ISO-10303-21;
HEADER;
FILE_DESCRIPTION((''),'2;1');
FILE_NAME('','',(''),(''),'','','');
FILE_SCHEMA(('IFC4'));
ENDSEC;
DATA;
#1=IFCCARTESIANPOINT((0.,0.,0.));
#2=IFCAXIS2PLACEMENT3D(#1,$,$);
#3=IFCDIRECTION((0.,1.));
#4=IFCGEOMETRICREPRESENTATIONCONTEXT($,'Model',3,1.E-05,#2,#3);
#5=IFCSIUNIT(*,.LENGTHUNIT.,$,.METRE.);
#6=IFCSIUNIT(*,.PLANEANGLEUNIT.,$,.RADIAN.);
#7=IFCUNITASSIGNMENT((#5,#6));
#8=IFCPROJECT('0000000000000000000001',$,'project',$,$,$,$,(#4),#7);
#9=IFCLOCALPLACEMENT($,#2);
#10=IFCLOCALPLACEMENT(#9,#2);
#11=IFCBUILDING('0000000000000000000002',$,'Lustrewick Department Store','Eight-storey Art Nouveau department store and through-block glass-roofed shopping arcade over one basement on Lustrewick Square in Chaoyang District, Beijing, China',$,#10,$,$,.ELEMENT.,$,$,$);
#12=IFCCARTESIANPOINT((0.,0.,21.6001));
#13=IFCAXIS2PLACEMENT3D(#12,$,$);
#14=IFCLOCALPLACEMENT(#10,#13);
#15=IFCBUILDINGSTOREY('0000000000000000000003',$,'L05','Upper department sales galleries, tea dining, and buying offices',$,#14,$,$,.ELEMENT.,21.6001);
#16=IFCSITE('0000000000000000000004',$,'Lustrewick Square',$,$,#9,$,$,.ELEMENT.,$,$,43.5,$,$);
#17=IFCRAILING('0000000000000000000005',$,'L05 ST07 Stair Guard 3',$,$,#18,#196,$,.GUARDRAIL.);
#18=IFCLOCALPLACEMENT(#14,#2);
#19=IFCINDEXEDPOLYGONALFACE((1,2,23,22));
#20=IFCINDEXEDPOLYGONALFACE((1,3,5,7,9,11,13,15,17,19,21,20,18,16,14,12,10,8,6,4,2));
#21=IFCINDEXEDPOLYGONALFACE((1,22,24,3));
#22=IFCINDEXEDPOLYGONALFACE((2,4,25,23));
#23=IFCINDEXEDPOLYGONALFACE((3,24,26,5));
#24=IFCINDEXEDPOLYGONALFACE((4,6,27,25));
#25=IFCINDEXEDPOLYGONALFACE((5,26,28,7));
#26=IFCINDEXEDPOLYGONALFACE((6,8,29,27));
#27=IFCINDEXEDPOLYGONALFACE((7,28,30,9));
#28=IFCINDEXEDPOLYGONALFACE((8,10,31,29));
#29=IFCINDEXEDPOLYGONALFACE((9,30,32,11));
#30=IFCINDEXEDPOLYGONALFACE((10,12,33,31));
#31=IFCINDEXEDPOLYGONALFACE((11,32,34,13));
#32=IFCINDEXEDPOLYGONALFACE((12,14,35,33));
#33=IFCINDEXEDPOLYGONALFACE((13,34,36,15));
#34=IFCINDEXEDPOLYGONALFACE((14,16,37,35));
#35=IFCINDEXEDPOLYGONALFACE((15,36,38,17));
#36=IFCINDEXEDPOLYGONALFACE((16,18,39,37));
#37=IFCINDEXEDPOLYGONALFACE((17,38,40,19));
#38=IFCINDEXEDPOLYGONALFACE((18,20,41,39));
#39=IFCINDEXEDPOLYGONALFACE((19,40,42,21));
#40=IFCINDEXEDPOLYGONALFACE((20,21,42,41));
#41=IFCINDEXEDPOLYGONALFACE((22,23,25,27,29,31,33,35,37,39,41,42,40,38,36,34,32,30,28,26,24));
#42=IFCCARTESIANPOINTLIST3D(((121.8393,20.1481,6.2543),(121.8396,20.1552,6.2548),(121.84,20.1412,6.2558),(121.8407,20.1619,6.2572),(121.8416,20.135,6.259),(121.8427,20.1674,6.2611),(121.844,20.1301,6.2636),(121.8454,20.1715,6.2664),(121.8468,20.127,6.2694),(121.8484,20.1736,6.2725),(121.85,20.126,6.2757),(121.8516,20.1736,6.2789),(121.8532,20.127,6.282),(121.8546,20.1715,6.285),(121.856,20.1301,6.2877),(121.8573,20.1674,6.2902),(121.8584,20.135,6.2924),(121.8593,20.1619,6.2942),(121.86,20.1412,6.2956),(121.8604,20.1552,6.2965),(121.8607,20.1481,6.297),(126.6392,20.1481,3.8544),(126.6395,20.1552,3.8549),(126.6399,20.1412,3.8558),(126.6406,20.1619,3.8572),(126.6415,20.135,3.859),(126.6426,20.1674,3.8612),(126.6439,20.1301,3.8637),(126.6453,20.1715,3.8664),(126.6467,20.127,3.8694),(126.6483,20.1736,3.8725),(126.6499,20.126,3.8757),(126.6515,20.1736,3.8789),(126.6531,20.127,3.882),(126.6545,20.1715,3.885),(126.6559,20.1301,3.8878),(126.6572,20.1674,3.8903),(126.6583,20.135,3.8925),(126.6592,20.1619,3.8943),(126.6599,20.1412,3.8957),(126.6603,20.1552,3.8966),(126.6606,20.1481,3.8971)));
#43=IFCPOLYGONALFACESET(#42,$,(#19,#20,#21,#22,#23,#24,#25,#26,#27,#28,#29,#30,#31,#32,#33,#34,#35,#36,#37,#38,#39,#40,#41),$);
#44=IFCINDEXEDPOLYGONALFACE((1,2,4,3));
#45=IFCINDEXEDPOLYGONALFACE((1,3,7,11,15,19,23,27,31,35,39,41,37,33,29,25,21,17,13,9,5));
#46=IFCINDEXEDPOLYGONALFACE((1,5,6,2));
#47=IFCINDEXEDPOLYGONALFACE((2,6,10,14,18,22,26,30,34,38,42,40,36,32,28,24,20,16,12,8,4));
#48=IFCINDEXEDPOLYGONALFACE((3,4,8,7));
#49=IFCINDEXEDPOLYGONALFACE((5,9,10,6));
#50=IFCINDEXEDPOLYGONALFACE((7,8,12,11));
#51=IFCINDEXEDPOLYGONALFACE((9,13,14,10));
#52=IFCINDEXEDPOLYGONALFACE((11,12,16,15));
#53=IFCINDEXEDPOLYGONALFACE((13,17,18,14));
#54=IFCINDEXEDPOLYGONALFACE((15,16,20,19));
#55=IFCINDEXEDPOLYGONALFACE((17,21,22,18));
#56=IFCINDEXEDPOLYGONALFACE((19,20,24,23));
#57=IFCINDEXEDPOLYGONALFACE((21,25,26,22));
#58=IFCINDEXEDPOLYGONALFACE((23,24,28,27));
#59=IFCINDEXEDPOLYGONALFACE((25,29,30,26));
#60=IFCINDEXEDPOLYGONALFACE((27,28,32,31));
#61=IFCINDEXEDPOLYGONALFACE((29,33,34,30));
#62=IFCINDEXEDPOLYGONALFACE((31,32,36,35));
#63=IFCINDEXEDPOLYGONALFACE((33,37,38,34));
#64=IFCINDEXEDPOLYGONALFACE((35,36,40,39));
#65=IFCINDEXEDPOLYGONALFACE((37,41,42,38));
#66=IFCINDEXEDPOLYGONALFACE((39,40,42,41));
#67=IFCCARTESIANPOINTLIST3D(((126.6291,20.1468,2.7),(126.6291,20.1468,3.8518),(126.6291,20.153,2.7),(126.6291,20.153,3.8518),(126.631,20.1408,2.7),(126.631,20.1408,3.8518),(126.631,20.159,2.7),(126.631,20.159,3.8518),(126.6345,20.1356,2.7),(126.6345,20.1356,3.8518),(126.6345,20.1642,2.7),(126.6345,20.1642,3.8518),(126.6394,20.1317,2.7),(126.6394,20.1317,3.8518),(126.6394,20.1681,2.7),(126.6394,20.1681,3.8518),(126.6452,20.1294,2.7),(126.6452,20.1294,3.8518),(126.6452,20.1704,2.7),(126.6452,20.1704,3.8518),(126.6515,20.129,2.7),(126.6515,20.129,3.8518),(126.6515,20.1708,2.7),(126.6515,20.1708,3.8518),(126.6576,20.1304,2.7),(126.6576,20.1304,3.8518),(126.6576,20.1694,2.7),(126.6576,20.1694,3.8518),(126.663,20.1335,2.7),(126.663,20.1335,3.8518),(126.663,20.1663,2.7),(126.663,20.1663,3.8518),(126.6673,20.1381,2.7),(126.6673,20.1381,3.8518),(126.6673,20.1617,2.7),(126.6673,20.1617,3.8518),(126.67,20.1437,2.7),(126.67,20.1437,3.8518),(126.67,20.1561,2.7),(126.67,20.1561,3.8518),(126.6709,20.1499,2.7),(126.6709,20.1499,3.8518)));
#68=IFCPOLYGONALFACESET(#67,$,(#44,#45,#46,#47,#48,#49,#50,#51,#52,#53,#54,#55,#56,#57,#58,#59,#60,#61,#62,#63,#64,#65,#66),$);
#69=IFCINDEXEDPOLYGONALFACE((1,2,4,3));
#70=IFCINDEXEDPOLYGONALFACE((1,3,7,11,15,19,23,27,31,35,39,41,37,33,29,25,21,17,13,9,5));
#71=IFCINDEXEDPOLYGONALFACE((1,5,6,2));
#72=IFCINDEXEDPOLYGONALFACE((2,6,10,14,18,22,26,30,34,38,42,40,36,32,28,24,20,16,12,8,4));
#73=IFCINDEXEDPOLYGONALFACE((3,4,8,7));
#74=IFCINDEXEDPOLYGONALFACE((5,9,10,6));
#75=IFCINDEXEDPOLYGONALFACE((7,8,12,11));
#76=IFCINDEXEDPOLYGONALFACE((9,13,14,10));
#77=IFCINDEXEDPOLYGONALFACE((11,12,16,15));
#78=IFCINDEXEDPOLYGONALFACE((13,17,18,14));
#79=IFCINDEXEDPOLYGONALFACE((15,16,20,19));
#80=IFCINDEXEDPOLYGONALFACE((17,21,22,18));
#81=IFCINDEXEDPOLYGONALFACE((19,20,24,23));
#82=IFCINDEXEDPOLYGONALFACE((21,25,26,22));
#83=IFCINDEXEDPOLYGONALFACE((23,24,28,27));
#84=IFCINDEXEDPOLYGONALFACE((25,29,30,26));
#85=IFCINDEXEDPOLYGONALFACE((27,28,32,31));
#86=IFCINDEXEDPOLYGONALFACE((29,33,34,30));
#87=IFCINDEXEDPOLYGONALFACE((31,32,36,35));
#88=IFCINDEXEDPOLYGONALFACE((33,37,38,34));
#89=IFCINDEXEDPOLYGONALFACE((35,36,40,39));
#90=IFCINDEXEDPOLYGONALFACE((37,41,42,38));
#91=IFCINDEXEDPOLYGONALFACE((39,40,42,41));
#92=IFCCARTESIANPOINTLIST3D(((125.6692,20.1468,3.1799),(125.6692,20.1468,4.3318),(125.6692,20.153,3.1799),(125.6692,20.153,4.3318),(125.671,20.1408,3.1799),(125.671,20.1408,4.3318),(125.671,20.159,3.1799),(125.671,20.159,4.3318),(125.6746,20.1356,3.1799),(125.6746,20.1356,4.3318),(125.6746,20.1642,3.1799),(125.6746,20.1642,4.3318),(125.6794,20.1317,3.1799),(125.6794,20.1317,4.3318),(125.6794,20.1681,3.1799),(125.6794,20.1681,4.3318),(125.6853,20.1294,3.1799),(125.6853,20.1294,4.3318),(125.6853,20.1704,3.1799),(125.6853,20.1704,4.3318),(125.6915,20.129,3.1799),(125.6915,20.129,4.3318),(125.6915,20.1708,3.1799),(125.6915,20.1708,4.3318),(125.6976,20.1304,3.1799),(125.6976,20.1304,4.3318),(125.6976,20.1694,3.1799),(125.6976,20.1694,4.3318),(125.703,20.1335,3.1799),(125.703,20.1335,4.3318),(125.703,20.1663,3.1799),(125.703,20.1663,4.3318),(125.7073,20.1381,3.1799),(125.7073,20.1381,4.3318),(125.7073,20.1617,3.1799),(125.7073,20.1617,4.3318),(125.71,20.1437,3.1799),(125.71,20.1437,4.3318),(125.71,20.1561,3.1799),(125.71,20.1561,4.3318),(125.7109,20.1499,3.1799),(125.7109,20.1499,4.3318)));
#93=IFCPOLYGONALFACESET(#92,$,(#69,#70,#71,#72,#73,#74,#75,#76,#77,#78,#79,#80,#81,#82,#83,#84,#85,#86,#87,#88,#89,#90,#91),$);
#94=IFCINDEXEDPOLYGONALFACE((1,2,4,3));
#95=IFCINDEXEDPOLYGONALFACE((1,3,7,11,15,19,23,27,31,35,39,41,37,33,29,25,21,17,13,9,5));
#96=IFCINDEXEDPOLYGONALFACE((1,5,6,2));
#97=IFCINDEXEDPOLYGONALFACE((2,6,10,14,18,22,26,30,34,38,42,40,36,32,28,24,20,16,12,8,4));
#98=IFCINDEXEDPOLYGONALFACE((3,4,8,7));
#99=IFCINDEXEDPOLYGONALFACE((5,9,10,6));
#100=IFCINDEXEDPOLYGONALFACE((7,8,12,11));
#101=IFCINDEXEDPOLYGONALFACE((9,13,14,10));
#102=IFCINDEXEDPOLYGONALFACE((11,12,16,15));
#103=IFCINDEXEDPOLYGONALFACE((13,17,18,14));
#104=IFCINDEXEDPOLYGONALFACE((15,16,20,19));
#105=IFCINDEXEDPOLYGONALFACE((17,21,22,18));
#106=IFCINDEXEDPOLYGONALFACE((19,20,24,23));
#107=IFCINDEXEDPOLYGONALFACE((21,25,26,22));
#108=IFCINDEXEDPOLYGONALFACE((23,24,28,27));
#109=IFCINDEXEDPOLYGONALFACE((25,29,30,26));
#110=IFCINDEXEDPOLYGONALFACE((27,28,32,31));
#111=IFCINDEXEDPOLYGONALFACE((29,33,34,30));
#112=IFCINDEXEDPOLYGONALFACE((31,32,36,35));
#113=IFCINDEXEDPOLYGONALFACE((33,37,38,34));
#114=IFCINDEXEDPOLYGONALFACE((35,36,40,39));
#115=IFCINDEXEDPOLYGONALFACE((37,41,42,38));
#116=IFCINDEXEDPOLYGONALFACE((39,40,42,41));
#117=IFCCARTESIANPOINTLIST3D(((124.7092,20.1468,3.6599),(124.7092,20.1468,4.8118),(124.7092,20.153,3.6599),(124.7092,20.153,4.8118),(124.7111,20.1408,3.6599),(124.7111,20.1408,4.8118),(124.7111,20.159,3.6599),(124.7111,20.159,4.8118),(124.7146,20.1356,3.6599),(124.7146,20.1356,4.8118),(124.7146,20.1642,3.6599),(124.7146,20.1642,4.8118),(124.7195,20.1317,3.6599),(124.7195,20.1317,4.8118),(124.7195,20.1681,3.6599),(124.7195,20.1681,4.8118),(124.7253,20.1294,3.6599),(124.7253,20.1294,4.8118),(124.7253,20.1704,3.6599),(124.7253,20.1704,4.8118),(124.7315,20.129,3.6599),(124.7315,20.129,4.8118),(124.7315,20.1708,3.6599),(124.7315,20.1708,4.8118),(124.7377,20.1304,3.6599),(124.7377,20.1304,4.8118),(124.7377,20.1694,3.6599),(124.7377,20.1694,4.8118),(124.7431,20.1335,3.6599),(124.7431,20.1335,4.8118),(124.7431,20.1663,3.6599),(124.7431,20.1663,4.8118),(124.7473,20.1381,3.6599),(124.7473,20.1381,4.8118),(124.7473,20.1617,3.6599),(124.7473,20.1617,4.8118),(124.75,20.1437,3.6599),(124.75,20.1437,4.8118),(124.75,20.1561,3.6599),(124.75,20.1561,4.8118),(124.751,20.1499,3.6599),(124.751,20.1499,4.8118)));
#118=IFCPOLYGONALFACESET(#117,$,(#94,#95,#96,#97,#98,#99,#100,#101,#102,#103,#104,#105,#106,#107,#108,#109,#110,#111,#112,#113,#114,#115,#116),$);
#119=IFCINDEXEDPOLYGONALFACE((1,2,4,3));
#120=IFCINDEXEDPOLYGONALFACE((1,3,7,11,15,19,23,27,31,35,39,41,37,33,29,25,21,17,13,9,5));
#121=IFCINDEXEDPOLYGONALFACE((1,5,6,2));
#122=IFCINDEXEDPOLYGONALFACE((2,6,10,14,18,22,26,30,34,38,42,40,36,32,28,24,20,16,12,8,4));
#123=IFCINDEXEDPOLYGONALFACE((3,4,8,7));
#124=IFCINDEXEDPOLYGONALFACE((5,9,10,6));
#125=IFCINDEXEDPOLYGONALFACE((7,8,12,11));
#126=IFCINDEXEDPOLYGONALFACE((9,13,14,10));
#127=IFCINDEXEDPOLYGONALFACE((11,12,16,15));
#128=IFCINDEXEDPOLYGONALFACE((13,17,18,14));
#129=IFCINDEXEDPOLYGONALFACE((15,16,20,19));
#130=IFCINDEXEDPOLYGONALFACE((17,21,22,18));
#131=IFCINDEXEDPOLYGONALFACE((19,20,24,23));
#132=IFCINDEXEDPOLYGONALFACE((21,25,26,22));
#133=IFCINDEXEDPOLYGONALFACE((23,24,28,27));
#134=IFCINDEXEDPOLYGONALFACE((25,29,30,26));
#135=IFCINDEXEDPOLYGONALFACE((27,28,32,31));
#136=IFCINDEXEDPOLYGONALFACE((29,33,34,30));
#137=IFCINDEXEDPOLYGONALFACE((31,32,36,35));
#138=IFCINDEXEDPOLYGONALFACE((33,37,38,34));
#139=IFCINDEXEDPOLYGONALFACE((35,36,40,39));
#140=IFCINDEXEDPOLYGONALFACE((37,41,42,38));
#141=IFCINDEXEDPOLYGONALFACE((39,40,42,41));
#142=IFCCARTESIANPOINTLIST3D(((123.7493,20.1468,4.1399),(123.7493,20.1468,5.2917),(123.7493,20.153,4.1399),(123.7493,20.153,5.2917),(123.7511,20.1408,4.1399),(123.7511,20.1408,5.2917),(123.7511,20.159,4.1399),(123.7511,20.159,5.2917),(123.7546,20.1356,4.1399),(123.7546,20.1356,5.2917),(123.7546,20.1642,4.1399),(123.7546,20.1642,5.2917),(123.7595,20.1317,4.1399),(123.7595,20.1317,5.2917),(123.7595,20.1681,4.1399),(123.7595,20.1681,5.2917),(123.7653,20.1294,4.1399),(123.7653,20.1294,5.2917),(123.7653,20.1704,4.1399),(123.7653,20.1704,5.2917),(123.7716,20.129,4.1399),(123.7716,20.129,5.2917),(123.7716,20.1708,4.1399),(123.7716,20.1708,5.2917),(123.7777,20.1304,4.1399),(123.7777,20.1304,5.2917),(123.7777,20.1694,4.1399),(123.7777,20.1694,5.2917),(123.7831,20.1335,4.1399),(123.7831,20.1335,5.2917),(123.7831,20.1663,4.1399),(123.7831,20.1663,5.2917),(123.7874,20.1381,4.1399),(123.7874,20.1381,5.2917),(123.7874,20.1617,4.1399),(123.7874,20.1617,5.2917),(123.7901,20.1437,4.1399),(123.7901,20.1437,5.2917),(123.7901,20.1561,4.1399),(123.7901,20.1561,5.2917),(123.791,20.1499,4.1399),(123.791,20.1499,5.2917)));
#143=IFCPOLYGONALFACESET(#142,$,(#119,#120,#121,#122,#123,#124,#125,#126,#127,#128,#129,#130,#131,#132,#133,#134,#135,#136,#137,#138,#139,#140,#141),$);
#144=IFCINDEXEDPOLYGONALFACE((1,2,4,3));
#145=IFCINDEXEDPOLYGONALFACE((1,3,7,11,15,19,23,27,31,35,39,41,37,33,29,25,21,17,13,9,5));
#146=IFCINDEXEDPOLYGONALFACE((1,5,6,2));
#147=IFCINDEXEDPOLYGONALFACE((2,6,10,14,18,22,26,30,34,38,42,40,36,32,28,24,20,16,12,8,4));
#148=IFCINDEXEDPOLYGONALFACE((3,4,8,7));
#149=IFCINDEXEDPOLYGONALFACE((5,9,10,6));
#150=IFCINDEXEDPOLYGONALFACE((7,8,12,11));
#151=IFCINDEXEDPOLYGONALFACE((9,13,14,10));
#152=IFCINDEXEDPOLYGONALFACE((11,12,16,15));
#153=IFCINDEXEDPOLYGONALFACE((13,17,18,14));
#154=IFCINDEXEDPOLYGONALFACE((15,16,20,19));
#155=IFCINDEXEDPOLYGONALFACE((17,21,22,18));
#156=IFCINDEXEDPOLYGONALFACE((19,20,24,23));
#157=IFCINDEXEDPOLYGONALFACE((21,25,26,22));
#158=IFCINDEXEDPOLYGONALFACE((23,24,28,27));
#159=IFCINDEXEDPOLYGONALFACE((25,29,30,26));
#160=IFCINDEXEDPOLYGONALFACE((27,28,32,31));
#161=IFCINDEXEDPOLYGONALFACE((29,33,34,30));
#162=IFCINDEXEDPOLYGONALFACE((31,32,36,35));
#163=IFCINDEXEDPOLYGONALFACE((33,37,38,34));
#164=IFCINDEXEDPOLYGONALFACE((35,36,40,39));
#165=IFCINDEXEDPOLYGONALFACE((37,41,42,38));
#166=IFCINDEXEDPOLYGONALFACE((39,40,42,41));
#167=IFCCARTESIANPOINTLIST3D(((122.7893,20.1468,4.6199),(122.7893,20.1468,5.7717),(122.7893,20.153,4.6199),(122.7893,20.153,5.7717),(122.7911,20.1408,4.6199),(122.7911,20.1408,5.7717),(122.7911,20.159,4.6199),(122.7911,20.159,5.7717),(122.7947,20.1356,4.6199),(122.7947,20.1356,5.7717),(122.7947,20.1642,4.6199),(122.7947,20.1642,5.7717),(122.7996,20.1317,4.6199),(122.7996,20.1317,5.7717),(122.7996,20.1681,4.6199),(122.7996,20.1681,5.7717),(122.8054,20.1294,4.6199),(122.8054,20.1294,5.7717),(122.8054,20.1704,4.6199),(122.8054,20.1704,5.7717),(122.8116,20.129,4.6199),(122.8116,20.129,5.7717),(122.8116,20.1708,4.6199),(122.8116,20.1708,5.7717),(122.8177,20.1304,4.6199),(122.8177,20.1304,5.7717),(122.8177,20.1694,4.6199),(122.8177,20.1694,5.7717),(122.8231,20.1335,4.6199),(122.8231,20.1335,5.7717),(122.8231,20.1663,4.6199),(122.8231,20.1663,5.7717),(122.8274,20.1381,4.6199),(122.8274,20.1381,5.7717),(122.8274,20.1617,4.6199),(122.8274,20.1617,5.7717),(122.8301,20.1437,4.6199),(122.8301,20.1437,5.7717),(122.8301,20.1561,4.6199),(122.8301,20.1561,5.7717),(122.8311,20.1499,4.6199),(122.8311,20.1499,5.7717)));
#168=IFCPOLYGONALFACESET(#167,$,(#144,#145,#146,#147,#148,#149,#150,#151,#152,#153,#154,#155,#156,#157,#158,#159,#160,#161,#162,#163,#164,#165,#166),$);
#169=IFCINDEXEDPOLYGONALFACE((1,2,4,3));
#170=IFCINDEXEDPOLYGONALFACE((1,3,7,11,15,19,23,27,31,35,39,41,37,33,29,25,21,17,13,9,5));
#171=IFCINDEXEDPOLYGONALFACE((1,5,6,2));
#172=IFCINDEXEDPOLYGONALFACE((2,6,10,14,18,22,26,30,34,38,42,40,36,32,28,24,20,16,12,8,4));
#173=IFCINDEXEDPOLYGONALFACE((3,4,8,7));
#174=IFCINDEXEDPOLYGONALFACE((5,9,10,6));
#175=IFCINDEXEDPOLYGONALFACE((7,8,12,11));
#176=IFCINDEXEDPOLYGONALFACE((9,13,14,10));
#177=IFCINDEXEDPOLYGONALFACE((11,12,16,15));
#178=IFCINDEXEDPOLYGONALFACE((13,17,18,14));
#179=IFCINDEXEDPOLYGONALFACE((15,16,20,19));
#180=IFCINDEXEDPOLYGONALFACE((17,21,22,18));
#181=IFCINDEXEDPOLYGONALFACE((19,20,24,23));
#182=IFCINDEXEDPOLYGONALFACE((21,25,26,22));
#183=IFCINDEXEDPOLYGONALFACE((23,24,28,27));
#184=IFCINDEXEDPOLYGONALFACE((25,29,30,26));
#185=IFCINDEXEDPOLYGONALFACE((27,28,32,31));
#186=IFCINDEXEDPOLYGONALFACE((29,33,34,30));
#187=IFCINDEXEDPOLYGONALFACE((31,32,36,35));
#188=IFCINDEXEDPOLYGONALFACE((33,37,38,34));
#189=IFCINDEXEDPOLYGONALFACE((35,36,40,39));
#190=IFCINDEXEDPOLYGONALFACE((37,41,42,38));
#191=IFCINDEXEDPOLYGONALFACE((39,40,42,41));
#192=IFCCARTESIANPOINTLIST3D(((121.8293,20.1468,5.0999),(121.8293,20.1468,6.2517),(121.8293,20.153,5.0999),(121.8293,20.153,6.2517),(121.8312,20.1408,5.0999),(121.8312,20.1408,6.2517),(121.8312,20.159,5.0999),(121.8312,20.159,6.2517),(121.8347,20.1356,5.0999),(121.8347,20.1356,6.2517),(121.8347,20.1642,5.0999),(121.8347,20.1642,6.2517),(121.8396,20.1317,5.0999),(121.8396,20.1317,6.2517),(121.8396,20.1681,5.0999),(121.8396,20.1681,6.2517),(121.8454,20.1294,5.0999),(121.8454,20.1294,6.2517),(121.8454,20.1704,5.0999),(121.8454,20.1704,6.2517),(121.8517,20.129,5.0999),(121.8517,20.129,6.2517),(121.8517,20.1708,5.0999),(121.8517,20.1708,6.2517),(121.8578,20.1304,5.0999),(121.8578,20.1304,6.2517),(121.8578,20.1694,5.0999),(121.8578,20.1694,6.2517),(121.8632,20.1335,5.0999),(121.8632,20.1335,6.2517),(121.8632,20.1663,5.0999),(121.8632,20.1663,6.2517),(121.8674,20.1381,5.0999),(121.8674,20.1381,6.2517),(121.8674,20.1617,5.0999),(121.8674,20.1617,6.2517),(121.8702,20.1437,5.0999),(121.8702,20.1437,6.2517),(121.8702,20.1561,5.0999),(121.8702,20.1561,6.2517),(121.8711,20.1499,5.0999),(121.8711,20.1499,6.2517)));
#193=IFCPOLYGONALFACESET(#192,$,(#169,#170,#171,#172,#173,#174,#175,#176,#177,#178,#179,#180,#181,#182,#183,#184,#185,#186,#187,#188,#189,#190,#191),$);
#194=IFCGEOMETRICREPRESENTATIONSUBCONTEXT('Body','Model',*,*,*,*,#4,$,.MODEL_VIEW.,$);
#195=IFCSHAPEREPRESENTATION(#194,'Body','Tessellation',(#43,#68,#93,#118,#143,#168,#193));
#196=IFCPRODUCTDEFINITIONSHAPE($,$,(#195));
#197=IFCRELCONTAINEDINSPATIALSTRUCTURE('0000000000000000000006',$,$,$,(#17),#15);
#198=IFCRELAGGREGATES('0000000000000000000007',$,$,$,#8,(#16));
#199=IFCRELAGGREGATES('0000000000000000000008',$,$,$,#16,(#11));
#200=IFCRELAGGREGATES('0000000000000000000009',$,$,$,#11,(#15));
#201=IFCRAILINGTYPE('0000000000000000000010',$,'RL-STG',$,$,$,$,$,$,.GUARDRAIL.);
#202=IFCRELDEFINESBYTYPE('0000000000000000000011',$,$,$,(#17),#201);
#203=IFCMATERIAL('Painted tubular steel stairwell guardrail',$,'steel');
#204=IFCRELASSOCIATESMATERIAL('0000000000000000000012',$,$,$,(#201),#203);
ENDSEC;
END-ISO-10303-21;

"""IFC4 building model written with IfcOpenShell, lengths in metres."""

from ifc_helpers import new_model, si_unit, direction, frame, origin, origin_2d, place, context, subcontext, project, spatial, circle, extrude, material, type_object, element, save


model = new_model("IFC4")

# Units and contexts
model_context = context("Model", 3, precision=1e-05, world=origin(), true_north=direction((0.0, 1.0)))
body_context = subcontext(model_context, "Body", "Model", "MODEL_VIEW")
ifc_project = project(units=[si_unit("LENGTHUNIT", "METRE"), si_unit("PLANEANGLEUNIT", "RADIAN")], contexts=[model_context])

# Site, building, storey
site_placement = place(None, origin())
site = spatial("IfcSite", under=ifc_project, at=site_placement, Name="Lustrewick Square", CompositionType="ELEMENT", RefElevation=43.5)
building_placement = place(site_placement, origin())
building = spatial("IfcBuilding", under=site, at=building_placement, Name="Lustrewick Department Store", Description="Eight-storey Art Nouveau department store and through-block glass-roofed shopping arcade over one basement on Lustrewick Square in Chaoyang District, Beijing, China", CompositionType="ELEMENT")
storey_placement = place(building_placement, frame((0.0, 0.0, 21.6001)))
storey = spatial("IfcBuildingStorey", under=building, at=storey_placement, Name="L05", Description="Upper department sales galleries, tea dining, and buying offices", CompositionType="ELEMENT", Elevation=21.6001)

# Railing
ifc_material_1 = material(Name="Painted tubular steel stairwell guardrail", Category="steel")
railing_type_1 = type_object("IfcRailingType", Name="RL-STG", PredefinedType="GUARDRAIL", material=ifc_material_1)
railing_1_placement = place(storey_placement, frame((126.6499, 20.1499, 2.7)))
element("IfcRailing", 1, at=railing_1_placement, inside=storey, type_object=railing_type_1, Name="L05 ST07 Stair Guard 3", PredefinedType="GUARDRAIL", context=body_context, shape_type="SweptSolid", body=[
    extrude(circle(Radius=0.0239, at=origin_2d()), frame((0.0, 0.0, 1.1758), z_axis=(-0.894427, 0.0, 0.447214), x_axis=(0.0, -1.0, 0.0)), (0.0, 0.0, 1.0), 5.3665),
    extrude(circle(Radius=0.021, at=origin_2d()), origin(), (0.0, 0.0, 1.0), 1.1519),
    extrude(circle(Radius=0.021, at=origin_2d()), frame((-0.96, 0.0, 0.48)), (0.0, 0.0, 1.0), 1.1519),
    extrude(circle(Radius=0.021, at=origin_2d()), frame((-1.9199, 0.0, 0.96)), (0.0, 0.0, 1.0), 1.1519),
    extrude(circle(Radius=0.021, at=origin_2d()), frame((-2.8799, 0.0, 1.4399)), (0.0, 0.0, 1.0), 1.1519),
    extrude(circle(Radius=0.021, at=origin_2d()), frame((-3.8398, 0.0, 1.9199)), (0.0, 0.0, 1.0), 1.1519),
    extrude(circle(Radius=0.021, at=origin_2d()), frame((-4.7998, 0.0, 2.3999)), (0.0, 0.0, 1.0), 1.1519),
])

save(model, "model.ifc")
